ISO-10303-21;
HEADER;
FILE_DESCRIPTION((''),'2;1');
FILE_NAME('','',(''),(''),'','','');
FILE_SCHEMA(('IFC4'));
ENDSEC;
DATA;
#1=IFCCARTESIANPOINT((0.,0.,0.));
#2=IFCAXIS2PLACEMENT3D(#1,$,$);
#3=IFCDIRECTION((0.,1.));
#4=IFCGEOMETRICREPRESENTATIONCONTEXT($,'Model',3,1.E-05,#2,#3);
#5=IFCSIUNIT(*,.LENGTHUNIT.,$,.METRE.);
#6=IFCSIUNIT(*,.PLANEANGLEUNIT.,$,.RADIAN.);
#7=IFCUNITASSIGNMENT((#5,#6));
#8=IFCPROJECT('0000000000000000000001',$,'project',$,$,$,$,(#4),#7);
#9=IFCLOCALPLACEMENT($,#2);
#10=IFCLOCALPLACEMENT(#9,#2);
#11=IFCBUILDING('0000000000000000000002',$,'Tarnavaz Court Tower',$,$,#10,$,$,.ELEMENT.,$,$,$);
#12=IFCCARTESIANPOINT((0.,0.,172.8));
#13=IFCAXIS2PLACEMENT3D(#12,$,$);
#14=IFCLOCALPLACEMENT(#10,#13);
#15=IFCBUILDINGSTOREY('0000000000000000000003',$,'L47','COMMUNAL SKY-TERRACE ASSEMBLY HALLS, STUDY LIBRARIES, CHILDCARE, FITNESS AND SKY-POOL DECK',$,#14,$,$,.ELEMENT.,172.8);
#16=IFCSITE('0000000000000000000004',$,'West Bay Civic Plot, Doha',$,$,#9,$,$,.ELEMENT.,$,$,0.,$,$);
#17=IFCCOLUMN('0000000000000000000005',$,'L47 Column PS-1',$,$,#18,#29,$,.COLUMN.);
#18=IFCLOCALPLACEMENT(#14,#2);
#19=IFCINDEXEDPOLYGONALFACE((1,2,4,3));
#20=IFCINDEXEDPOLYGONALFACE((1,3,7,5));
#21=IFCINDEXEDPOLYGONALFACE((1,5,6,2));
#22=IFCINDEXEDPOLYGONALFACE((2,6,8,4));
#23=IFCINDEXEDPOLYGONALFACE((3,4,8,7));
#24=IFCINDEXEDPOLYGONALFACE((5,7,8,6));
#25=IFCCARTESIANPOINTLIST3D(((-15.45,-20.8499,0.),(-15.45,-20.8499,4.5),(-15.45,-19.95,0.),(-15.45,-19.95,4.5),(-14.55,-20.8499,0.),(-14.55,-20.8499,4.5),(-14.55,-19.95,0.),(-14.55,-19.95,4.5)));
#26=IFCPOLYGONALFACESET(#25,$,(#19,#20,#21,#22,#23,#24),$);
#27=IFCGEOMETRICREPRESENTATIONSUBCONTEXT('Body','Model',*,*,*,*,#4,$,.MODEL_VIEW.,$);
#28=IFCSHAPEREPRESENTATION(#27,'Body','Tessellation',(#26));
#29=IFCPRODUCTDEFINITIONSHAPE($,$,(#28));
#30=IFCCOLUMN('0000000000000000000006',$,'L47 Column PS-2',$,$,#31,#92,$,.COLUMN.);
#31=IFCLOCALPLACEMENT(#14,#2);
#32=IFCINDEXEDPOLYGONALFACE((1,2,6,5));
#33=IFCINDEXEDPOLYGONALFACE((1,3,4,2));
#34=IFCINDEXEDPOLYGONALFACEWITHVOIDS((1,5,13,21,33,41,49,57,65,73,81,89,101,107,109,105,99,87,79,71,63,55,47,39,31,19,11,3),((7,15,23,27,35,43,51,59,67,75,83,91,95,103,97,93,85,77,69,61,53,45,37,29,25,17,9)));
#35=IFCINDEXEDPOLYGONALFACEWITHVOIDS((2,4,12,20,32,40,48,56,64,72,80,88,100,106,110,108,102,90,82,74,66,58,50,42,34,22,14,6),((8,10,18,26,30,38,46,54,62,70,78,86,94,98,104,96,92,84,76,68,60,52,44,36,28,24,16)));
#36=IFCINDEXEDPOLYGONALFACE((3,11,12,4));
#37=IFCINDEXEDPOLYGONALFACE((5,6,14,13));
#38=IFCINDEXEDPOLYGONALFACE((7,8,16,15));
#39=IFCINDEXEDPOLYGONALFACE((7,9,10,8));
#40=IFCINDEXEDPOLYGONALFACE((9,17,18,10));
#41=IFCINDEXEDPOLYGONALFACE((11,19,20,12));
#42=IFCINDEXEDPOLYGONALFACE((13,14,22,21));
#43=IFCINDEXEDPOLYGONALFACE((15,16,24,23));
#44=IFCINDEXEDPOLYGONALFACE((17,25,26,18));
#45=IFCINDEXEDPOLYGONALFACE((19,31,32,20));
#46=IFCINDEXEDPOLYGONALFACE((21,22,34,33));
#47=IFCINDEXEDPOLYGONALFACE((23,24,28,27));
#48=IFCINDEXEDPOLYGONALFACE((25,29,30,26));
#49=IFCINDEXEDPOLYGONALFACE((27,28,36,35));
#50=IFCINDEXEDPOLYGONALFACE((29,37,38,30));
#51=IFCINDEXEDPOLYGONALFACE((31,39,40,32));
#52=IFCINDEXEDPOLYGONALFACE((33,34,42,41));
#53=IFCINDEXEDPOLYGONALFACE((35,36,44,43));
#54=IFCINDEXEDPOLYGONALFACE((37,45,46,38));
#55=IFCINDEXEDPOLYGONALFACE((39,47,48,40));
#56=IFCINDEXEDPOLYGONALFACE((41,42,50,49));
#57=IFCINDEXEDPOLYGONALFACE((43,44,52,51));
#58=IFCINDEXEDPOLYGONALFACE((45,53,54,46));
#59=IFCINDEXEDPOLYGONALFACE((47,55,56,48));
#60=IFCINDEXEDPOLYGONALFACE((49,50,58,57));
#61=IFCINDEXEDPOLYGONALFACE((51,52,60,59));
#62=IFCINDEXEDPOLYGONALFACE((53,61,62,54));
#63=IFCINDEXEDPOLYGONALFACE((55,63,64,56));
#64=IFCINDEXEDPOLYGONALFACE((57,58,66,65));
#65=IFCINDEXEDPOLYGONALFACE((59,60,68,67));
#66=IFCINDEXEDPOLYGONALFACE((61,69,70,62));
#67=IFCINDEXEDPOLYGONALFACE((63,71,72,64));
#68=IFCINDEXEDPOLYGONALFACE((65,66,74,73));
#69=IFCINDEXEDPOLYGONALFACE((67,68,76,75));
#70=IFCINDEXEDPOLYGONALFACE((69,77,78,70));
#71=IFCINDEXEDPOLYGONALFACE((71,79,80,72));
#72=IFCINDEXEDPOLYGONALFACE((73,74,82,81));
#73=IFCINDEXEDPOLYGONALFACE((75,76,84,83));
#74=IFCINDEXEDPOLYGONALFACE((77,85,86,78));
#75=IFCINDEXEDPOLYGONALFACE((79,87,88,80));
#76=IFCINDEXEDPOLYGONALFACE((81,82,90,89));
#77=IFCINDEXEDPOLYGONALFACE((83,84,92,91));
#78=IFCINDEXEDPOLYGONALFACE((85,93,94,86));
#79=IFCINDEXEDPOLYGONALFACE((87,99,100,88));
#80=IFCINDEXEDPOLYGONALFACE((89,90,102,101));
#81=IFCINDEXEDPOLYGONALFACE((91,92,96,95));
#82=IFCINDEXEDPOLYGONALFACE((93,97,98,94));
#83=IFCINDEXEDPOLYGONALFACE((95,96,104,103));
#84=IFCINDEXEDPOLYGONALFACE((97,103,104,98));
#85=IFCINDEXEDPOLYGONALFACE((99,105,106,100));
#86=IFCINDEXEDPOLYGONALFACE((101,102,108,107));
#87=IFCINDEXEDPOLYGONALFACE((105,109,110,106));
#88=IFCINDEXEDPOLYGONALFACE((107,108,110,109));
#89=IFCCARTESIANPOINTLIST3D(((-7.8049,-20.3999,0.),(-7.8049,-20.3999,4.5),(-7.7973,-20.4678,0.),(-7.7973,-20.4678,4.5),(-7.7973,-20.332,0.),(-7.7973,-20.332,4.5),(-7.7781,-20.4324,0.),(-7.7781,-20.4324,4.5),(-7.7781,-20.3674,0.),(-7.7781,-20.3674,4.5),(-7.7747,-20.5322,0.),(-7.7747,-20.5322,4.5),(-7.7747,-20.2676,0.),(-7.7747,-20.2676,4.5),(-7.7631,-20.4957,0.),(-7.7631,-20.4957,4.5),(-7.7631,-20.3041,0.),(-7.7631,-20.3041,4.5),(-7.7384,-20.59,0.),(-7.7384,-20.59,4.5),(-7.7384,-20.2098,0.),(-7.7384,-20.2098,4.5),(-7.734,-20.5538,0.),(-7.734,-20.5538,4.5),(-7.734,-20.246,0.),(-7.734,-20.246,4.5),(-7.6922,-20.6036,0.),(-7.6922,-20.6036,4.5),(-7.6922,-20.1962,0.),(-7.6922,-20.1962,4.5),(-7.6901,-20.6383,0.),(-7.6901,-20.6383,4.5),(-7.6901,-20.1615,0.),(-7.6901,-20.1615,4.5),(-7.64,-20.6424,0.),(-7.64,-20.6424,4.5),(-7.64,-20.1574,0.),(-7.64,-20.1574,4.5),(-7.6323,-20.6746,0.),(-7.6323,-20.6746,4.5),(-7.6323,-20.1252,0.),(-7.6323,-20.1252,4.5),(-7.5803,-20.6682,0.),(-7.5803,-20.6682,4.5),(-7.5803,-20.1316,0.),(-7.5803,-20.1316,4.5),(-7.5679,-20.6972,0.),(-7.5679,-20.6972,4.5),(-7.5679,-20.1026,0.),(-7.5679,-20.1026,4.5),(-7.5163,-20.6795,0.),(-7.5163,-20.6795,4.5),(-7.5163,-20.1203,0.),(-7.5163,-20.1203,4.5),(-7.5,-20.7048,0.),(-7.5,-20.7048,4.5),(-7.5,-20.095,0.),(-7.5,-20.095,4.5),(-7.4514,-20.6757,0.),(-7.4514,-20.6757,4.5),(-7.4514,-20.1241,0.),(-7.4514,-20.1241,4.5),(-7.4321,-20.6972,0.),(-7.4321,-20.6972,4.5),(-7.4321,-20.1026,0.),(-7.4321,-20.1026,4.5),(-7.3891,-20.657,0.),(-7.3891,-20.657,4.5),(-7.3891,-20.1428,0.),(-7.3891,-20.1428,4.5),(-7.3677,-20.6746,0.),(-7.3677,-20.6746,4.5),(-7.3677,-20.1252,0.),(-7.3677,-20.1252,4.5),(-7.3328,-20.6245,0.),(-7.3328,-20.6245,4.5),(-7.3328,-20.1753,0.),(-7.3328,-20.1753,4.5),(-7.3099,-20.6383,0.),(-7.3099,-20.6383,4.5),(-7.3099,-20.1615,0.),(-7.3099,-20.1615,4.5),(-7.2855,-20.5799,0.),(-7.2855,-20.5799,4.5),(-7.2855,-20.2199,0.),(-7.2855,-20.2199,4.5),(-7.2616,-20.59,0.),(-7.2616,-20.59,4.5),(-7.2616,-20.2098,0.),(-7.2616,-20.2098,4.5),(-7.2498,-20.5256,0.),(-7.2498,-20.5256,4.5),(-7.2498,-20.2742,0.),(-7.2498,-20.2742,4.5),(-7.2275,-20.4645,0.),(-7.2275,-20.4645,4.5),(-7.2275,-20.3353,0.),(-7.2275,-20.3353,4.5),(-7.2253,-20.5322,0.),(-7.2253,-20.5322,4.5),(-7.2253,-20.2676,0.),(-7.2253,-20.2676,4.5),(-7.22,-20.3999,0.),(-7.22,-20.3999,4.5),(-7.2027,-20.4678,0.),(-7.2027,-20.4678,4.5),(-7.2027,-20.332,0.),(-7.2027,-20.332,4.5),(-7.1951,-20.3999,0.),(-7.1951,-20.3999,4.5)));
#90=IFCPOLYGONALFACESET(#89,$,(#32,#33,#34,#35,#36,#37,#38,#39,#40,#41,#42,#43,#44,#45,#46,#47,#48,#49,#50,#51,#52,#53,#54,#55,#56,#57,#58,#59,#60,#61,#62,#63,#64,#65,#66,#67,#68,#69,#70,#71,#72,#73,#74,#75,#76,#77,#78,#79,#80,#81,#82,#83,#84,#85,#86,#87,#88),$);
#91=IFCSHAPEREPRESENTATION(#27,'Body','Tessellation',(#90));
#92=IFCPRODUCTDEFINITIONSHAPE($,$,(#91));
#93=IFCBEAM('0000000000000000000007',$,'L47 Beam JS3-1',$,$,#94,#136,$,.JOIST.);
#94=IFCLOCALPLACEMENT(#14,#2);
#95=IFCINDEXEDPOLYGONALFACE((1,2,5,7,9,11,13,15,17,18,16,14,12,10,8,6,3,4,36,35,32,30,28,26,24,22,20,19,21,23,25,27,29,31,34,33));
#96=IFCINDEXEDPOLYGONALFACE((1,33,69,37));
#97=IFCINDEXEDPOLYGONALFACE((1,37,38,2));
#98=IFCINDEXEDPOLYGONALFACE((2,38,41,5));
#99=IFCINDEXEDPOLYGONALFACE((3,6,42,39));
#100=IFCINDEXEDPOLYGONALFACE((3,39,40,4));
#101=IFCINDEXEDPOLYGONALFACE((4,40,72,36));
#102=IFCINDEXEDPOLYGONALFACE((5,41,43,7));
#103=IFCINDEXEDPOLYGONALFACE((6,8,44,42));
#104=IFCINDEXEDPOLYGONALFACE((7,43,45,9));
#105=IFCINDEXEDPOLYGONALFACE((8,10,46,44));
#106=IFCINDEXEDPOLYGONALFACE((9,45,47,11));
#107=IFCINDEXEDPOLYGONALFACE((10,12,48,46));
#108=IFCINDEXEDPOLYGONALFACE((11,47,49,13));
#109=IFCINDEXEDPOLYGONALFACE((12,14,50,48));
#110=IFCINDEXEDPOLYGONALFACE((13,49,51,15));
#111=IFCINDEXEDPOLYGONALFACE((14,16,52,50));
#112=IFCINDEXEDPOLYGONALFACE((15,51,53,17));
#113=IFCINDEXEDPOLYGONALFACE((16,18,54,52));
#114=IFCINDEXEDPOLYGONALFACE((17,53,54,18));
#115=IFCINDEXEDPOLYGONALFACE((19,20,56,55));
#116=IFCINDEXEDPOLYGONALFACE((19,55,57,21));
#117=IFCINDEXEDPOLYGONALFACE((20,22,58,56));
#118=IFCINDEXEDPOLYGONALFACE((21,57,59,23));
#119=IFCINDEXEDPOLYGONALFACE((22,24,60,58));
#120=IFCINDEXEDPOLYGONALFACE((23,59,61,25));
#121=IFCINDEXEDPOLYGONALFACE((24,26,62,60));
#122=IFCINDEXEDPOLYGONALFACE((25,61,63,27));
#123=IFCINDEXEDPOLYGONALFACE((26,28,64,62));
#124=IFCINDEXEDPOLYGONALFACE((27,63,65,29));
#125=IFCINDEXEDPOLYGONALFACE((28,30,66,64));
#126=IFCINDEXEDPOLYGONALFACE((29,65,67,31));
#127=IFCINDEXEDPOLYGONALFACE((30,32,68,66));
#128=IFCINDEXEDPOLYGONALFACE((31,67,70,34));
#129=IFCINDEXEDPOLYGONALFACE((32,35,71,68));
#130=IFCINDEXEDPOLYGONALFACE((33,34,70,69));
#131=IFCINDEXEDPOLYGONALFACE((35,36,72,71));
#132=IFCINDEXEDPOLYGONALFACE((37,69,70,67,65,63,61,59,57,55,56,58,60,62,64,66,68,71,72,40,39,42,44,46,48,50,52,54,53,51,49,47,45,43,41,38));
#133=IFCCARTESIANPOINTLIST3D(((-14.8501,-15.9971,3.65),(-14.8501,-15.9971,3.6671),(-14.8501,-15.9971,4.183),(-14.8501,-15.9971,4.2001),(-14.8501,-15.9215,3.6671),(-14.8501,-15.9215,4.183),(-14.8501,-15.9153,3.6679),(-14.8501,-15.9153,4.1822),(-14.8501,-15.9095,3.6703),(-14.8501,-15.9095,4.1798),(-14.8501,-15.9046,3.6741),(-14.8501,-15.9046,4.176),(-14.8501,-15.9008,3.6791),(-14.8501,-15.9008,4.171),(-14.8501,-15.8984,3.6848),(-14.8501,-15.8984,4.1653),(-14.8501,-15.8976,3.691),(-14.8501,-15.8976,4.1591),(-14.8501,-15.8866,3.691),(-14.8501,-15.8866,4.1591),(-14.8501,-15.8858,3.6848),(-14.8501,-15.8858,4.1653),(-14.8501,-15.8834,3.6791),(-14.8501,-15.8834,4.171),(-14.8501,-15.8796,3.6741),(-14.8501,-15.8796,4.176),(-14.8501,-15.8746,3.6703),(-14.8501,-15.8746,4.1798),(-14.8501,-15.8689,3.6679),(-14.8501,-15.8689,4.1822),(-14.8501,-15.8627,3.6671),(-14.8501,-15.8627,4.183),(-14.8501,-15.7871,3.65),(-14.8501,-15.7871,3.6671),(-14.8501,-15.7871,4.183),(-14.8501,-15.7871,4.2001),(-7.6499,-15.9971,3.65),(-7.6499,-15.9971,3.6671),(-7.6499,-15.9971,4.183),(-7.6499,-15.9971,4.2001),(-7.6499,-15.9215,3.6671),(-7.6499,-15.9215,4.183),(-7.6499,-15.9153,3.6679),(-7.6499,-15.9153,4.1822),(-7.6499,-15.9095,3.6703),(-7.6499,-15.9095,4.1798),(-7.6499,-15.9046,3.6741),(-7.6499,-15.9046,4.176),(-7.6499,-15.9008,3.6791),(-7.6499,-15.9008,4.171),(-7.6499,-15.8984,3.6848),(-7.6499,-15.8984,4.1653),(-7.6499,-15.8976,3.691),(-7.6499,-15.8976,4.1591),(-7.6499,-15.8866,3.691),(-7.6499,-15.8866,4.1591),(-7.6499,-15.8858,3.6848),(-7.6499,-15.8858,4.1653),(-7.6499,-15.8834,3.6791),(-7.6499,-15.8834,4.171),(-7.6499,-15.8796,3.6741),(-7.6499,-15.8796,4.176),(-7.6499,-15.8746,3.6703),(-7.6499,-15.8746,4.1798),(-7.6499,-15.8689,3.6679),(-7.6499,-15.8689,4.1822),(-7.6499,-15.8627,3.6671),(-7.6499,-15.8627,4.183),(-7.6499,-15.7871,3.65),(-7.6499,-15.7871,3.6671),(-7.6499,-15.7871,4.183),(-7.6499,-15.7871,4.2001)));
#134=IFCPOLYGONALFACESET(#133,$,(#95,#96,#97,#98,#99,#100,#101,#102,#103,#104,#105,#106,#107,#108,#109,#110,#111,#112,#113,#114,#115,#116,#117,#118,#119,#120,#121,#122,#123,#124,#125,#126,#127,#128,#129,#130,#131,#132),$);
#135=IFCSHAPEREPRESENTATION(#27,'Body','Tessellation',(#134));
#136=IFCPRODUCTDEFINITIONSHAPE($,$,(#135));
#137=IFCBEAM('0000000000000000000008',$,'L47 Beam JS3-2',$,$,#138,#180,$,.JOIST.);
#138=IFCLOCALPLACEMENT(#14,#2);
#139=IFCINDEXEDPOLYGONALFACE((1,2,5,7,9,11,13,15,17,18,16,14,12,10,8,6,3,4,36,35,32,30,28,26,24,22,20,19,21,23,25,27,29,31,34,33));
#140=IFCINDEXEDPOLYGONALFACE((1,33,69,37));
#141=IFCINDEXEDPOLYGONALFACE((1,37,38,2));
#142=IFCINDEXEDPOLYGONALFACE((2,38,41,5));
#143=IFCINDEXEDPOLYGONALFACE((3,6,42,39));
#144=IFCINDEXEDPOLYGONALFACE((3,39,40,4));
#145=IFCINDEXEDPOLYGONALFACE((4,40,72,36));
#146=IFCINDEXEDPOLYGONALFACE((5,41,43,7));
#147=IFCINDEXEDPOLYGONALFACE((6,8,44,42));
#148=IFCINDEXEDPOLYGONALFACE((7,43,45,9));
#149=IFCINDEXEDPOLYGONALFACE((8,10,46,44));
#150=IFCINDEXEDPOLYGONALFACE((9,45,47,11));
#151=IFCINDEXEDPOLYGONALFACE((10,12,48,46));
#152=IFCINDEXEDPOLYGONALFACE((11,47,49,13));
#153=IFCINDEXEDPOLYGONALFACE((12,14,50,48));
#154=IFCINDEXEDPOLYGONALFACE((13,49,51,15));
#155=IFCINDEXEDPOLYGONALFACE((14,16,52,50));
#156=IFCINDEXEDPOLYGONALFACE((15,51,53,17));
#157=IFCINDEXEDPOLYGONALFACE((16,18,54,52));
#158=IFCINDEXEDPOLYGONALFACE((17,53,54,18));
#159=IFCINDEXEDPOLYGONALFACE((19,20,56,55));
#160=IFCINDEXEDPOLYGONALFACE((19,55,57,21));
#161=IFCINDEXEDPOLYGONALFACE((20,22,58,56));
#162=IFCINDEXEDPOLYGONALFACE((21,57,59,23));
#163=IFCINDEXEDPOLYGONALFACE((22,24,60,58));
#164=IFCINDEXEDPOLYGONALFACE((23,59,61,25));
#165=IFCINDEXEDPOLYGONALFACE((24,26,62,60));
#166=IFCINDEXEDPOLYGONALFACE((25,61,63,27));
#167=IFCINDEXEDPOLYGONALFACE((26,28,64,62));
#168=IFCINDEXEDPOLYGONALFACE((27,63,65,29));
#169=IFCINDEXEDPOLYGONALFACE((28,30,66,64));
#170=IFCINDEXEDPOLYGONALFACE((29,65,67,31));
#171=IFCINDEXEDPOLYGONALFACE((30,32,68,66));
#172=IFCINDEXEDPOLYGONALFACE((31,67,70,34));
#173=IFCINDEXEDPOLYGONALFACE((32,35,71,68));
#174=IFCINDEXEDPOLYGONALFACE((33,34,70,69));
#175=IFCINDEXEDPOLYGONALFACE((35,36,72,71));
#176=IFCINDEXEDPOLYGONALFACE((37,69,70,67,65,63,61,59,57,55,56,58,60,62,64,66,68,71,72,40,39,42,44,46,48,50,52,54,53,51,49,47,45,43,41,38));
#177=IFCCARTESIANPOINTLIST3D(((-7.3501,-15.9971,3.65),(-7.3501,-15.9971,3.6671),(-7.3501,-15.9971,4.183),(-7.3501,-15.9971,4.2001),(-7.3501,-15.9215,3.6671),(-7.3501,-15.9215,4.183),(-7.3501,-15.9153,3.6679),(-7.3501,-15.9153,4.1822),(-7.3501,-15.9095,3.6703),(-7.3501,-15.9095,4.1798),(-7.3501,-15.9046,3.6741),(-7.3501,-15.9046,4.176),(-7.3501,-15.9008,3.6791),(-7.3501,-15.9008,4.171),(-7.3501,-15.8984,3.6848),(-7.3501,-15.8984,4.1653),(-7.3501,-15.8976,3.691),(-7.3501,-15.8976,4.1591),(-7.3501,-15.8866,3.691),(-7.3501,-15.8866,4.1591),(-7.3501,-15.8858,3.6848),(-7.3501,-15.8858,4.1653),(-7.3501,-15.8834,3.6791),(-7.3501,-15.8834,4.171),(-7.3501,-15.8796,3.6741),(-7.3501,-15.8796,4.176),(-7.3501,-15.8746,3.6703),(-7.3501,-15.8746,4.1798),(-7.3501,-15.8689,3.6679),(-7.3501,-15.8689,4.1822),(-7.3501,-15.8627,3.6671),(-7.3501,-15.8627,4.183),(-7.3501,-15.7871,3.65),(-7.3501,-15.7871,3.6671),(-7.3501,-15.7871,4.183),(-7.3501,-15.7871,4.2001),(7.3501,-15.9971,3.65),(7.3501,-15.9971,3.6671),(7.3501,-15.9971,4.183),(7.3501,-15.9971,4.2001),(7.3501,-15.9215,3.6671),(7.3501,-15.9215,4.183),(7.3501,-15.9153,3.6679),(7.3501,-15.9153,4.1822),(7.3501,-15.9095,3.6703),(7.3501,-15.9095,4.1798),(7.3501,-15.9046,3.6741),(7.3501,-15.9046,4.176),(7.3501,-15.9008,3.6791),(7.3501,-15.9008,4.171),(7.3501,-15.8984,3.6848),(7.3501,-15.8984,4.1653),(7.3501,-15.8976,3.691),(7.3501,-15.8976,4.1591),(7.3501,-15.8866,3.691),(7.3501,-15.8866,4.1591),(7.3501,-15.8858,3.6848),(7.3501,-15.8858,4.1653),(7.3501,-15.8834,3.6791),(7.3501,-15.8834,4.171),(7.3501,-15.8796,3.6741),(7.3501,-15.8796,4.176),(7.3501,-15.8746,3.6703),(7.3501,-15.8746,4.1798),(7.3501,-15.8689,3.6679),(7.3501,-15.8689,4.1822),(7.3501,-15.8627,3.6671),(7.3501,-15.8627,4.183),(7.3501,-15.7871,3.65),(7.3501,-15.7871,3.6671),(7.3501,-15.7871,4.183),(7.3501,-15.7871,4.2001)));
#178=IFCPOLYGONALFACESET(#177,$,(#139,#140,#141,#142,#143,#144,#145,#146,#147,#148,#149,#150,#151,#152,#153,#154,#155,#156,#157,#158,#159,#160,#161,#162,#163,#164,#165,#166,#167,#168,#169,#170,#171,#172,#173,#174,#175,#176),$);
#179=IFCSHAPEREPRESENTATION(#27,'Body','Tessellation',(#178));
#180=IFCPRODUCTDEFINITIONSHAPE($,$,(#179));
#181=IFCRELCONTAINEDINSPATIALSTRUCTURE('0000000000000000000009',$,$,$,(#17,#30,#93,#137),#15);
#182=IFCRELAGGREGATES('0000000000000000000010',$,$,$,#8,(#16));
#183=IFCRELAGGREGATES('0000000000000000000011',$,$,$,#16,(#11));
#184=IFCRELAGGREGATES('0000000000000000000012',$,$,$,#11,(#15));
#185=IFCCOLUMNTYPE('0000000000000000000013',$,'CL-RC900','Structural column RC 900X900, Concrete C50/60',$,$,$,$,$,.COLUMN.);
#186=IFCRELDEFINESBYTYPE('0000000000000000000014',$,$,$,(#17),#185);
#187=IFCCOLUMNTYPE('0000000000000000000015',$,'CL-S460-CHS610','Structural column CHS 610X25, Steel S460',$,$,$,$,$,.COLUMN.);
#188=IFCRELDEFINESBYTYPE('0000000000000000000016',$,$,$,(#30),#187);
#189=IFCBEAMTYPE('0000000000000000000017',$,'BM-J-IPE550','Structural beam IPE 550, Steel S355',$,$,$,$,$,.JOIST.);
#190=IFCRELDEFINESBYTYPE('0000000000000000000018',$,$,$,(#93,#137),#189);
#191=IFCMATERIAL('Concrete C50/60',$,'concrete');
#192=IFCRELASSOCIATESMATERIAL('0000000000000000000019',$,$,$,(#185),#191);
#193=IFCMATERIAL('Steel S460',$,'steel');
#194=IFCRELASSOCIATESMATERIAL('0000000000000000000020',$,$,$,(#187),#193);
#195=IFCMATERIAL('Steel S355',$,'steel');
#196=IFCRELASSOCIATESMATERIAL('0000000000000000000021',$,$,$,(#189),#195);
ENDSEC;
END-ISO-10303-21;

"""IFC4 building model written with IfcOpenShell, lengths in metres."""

from ifc_helpers import new_model, si_unit, direction, frame, origin, origin_2d, place, context, subcontext, project, spatial, rectangle, hollow_circle, i_section, extrude, material, material_profile, profile_set, type_object, element, save


model = new_model("IFC4")

# Units and contexts
model_context = context("Model", 3, precision=1e-05, world=origin(), true_north=direction((0.0, 1.0)))
body_context = subcontext(model_context, "Body", "Model", "MODEL_VIEW")
ifc_project = project(units=[si_unit("LENGTHUNIT", "METRE"), si_unit("PLANEANGLEUNIT", "RADIAN")], contexts=[model_context])

# Site, building, storey
site_placement = place(None, origin())
site = spatial("IfcSite", under=ifc_project, at=site_placement, Name="West Bay Civic Plot, Doha", CompositionType="ELEMENT", RefElevation=0.0)
building_placement = place(site_placement, origin())
building = spatial("IfcBuilding", under=site, at=building_placement, Name="Tarnavaz Court Tower", CompositionType="ELEMENT")
storey_placement = place(building_placement, frame((0.0, 0.0, 172.8)))
storey = spatial("IfcBuildingStorey", under=building, at=storey_placement, Name="L47", Description="COMMUNAL SKY-TERRACE ASSEMBLY HALLS, STUDY LIBRARIES, CHILDCARE, FITNESS AND SKY-POOL DECK", CompositionType="ELEMENT", Elevation=172.8)

# Columns
ifc_material_1 = material(Name="Concrete C50/60", Category="concrete")
ifc_material_profile_1 = material_profile(ifc_material_1, rectangle(XDim=0.8999, YDim=0.8999, at=origin_2d()), Name="RC 900X900")
ifc_profile_set_1 = profile_set([ifc_material_profile_1], Name="Concrete C50/60")
column_type_1 = type_object("IfcColumnType", Name="CL-RC900", Description="Structural column RC 900X900, Concrete C50/60", PredefinedType="COLUMN", material=ifc_profile_set_1)
column_1_placement = place(storey_placement, frame((-15.0, -20.3999, 0.0), z_axis=(0.0, 0.0, 1.0), x_axis=(1.0, 0.0, 0.0)))
element("IfcColumn", 1, at=column_1_placement, inside=storey, type_object=column_type_1, Name="L47 Column PS-1", PredefinedType="COLUMN", context=body_context, shape_type="SweptSolid", body=[
    extrude(rectangle(XDim=0.8999, YDim=0.8999, at=origin_2d()), origin(), (0.0, 0.0, 1.0), 4.5),
])
ifc_material_2 = material(Name="Steel S460", Category="steel")
ifc_material_profile_2 = material_profile(ifc_material_2, hollow_circle(Radius=0.3049, WallThickness=0.0249, at=origin_2d()), Name="CHS 610X25")
ifc_profile_set_2 = profile_set([ifc_material_profile_2], Name="Steel S460")
column_type_2 = type_object("IfcColumnType", Name="CL-S460-CHS610", Description="Structural column CHS 610X25, Steel S460", PredefinedType="COLUMN", material=ifc_profile_set_2)
column_2_placement = place(storey_placement, frame((-7.5, -20.3999, 0.0), z_axis=(0.0, 0.0, 1.0), x_axis=(1.0, 0.0, 0.0)))
element("IfcColumn", 2, at=column_2_placement, inside=storey, type_object=column_type_2, Name="L47 Column PS-2", PredefinedType="COLUMN", context=body_context, shape_type="SweptSolid", body=[
    extrude(hollow_circle(Radius=0.3049, WallThickness=0.0249, at=origin_2d()), origin(), (0.0, 0.0, 1.0), 4.5),
])

# Beams
ifc_material_3 = material(Name="Steel S355", Category="steel")
ifc_material_profile_3 = material_profile(ifc_material_3, i_section(OverallWidth=0.21, OverallDepth=0.55, WebThickness=0.011, FlangeThickness=0.0171, FilletRadius=0.0239, at=origin_2d()), Name="IPE 550")
ifc_profile_set_3 = profile_set([ifc_material_profile_3], Name="Steel S355")
beam_type_1 = type_object("IfcBeamType", Name="BM-J-IPE550", Description="Structural beam IPE 550, Steel S355", PredefinedType="JOIST", material=ifc_profile_set_3)
beam_1_placement = place(storey_placement, frame((-14.8501, -15.8921, 3.925), z_axis=(1.0, 0.0, 0.0), x_axis=(0.0, 1.0, 0.0)))
element("IfcBeam", 3, at=beam_1_placement, inside=storey, type_object=beam_type_1, Name="L47 Beam JS3-1", PredefinedType="JOIST", context=body_context, shape_type="SweptSolid", body=[
    extrude(i_section(OverallWidth=0.21, OverallDepth=0.55, WebThickness=0.011, FlangeThickness=0.0171, FilletRadius=0.0239, at=origin_2d()), origin(), (0.0, 0.0, 1.0), 7.2002),
])
beam_2_placement = place(storey_placement, frame((-7.3501, -15.8921, 3.925), z_axis=(1.0, 0.0, 0.0), x_axis=(0.0, 1.0, 0.0)))
element("IfcBeam", 4, at=beam_2_placement, inside=storey, type_object=beam_type_1, Name="L47 Beam JS3-2", PredefinedType="JOIST", context=body_context, shape_type="SweptSolid", body=[
    extrude(i_section(OverallWidth=0.21, OverallDepth=0.55, WebThickness=0.011, FlangeThickness=0.0171, FilletRadius=0.0239, at=origin_2d()), origin(), (0.0, 0.0, 1.0), 14.7002),
])

save(model, "model.ifc")
